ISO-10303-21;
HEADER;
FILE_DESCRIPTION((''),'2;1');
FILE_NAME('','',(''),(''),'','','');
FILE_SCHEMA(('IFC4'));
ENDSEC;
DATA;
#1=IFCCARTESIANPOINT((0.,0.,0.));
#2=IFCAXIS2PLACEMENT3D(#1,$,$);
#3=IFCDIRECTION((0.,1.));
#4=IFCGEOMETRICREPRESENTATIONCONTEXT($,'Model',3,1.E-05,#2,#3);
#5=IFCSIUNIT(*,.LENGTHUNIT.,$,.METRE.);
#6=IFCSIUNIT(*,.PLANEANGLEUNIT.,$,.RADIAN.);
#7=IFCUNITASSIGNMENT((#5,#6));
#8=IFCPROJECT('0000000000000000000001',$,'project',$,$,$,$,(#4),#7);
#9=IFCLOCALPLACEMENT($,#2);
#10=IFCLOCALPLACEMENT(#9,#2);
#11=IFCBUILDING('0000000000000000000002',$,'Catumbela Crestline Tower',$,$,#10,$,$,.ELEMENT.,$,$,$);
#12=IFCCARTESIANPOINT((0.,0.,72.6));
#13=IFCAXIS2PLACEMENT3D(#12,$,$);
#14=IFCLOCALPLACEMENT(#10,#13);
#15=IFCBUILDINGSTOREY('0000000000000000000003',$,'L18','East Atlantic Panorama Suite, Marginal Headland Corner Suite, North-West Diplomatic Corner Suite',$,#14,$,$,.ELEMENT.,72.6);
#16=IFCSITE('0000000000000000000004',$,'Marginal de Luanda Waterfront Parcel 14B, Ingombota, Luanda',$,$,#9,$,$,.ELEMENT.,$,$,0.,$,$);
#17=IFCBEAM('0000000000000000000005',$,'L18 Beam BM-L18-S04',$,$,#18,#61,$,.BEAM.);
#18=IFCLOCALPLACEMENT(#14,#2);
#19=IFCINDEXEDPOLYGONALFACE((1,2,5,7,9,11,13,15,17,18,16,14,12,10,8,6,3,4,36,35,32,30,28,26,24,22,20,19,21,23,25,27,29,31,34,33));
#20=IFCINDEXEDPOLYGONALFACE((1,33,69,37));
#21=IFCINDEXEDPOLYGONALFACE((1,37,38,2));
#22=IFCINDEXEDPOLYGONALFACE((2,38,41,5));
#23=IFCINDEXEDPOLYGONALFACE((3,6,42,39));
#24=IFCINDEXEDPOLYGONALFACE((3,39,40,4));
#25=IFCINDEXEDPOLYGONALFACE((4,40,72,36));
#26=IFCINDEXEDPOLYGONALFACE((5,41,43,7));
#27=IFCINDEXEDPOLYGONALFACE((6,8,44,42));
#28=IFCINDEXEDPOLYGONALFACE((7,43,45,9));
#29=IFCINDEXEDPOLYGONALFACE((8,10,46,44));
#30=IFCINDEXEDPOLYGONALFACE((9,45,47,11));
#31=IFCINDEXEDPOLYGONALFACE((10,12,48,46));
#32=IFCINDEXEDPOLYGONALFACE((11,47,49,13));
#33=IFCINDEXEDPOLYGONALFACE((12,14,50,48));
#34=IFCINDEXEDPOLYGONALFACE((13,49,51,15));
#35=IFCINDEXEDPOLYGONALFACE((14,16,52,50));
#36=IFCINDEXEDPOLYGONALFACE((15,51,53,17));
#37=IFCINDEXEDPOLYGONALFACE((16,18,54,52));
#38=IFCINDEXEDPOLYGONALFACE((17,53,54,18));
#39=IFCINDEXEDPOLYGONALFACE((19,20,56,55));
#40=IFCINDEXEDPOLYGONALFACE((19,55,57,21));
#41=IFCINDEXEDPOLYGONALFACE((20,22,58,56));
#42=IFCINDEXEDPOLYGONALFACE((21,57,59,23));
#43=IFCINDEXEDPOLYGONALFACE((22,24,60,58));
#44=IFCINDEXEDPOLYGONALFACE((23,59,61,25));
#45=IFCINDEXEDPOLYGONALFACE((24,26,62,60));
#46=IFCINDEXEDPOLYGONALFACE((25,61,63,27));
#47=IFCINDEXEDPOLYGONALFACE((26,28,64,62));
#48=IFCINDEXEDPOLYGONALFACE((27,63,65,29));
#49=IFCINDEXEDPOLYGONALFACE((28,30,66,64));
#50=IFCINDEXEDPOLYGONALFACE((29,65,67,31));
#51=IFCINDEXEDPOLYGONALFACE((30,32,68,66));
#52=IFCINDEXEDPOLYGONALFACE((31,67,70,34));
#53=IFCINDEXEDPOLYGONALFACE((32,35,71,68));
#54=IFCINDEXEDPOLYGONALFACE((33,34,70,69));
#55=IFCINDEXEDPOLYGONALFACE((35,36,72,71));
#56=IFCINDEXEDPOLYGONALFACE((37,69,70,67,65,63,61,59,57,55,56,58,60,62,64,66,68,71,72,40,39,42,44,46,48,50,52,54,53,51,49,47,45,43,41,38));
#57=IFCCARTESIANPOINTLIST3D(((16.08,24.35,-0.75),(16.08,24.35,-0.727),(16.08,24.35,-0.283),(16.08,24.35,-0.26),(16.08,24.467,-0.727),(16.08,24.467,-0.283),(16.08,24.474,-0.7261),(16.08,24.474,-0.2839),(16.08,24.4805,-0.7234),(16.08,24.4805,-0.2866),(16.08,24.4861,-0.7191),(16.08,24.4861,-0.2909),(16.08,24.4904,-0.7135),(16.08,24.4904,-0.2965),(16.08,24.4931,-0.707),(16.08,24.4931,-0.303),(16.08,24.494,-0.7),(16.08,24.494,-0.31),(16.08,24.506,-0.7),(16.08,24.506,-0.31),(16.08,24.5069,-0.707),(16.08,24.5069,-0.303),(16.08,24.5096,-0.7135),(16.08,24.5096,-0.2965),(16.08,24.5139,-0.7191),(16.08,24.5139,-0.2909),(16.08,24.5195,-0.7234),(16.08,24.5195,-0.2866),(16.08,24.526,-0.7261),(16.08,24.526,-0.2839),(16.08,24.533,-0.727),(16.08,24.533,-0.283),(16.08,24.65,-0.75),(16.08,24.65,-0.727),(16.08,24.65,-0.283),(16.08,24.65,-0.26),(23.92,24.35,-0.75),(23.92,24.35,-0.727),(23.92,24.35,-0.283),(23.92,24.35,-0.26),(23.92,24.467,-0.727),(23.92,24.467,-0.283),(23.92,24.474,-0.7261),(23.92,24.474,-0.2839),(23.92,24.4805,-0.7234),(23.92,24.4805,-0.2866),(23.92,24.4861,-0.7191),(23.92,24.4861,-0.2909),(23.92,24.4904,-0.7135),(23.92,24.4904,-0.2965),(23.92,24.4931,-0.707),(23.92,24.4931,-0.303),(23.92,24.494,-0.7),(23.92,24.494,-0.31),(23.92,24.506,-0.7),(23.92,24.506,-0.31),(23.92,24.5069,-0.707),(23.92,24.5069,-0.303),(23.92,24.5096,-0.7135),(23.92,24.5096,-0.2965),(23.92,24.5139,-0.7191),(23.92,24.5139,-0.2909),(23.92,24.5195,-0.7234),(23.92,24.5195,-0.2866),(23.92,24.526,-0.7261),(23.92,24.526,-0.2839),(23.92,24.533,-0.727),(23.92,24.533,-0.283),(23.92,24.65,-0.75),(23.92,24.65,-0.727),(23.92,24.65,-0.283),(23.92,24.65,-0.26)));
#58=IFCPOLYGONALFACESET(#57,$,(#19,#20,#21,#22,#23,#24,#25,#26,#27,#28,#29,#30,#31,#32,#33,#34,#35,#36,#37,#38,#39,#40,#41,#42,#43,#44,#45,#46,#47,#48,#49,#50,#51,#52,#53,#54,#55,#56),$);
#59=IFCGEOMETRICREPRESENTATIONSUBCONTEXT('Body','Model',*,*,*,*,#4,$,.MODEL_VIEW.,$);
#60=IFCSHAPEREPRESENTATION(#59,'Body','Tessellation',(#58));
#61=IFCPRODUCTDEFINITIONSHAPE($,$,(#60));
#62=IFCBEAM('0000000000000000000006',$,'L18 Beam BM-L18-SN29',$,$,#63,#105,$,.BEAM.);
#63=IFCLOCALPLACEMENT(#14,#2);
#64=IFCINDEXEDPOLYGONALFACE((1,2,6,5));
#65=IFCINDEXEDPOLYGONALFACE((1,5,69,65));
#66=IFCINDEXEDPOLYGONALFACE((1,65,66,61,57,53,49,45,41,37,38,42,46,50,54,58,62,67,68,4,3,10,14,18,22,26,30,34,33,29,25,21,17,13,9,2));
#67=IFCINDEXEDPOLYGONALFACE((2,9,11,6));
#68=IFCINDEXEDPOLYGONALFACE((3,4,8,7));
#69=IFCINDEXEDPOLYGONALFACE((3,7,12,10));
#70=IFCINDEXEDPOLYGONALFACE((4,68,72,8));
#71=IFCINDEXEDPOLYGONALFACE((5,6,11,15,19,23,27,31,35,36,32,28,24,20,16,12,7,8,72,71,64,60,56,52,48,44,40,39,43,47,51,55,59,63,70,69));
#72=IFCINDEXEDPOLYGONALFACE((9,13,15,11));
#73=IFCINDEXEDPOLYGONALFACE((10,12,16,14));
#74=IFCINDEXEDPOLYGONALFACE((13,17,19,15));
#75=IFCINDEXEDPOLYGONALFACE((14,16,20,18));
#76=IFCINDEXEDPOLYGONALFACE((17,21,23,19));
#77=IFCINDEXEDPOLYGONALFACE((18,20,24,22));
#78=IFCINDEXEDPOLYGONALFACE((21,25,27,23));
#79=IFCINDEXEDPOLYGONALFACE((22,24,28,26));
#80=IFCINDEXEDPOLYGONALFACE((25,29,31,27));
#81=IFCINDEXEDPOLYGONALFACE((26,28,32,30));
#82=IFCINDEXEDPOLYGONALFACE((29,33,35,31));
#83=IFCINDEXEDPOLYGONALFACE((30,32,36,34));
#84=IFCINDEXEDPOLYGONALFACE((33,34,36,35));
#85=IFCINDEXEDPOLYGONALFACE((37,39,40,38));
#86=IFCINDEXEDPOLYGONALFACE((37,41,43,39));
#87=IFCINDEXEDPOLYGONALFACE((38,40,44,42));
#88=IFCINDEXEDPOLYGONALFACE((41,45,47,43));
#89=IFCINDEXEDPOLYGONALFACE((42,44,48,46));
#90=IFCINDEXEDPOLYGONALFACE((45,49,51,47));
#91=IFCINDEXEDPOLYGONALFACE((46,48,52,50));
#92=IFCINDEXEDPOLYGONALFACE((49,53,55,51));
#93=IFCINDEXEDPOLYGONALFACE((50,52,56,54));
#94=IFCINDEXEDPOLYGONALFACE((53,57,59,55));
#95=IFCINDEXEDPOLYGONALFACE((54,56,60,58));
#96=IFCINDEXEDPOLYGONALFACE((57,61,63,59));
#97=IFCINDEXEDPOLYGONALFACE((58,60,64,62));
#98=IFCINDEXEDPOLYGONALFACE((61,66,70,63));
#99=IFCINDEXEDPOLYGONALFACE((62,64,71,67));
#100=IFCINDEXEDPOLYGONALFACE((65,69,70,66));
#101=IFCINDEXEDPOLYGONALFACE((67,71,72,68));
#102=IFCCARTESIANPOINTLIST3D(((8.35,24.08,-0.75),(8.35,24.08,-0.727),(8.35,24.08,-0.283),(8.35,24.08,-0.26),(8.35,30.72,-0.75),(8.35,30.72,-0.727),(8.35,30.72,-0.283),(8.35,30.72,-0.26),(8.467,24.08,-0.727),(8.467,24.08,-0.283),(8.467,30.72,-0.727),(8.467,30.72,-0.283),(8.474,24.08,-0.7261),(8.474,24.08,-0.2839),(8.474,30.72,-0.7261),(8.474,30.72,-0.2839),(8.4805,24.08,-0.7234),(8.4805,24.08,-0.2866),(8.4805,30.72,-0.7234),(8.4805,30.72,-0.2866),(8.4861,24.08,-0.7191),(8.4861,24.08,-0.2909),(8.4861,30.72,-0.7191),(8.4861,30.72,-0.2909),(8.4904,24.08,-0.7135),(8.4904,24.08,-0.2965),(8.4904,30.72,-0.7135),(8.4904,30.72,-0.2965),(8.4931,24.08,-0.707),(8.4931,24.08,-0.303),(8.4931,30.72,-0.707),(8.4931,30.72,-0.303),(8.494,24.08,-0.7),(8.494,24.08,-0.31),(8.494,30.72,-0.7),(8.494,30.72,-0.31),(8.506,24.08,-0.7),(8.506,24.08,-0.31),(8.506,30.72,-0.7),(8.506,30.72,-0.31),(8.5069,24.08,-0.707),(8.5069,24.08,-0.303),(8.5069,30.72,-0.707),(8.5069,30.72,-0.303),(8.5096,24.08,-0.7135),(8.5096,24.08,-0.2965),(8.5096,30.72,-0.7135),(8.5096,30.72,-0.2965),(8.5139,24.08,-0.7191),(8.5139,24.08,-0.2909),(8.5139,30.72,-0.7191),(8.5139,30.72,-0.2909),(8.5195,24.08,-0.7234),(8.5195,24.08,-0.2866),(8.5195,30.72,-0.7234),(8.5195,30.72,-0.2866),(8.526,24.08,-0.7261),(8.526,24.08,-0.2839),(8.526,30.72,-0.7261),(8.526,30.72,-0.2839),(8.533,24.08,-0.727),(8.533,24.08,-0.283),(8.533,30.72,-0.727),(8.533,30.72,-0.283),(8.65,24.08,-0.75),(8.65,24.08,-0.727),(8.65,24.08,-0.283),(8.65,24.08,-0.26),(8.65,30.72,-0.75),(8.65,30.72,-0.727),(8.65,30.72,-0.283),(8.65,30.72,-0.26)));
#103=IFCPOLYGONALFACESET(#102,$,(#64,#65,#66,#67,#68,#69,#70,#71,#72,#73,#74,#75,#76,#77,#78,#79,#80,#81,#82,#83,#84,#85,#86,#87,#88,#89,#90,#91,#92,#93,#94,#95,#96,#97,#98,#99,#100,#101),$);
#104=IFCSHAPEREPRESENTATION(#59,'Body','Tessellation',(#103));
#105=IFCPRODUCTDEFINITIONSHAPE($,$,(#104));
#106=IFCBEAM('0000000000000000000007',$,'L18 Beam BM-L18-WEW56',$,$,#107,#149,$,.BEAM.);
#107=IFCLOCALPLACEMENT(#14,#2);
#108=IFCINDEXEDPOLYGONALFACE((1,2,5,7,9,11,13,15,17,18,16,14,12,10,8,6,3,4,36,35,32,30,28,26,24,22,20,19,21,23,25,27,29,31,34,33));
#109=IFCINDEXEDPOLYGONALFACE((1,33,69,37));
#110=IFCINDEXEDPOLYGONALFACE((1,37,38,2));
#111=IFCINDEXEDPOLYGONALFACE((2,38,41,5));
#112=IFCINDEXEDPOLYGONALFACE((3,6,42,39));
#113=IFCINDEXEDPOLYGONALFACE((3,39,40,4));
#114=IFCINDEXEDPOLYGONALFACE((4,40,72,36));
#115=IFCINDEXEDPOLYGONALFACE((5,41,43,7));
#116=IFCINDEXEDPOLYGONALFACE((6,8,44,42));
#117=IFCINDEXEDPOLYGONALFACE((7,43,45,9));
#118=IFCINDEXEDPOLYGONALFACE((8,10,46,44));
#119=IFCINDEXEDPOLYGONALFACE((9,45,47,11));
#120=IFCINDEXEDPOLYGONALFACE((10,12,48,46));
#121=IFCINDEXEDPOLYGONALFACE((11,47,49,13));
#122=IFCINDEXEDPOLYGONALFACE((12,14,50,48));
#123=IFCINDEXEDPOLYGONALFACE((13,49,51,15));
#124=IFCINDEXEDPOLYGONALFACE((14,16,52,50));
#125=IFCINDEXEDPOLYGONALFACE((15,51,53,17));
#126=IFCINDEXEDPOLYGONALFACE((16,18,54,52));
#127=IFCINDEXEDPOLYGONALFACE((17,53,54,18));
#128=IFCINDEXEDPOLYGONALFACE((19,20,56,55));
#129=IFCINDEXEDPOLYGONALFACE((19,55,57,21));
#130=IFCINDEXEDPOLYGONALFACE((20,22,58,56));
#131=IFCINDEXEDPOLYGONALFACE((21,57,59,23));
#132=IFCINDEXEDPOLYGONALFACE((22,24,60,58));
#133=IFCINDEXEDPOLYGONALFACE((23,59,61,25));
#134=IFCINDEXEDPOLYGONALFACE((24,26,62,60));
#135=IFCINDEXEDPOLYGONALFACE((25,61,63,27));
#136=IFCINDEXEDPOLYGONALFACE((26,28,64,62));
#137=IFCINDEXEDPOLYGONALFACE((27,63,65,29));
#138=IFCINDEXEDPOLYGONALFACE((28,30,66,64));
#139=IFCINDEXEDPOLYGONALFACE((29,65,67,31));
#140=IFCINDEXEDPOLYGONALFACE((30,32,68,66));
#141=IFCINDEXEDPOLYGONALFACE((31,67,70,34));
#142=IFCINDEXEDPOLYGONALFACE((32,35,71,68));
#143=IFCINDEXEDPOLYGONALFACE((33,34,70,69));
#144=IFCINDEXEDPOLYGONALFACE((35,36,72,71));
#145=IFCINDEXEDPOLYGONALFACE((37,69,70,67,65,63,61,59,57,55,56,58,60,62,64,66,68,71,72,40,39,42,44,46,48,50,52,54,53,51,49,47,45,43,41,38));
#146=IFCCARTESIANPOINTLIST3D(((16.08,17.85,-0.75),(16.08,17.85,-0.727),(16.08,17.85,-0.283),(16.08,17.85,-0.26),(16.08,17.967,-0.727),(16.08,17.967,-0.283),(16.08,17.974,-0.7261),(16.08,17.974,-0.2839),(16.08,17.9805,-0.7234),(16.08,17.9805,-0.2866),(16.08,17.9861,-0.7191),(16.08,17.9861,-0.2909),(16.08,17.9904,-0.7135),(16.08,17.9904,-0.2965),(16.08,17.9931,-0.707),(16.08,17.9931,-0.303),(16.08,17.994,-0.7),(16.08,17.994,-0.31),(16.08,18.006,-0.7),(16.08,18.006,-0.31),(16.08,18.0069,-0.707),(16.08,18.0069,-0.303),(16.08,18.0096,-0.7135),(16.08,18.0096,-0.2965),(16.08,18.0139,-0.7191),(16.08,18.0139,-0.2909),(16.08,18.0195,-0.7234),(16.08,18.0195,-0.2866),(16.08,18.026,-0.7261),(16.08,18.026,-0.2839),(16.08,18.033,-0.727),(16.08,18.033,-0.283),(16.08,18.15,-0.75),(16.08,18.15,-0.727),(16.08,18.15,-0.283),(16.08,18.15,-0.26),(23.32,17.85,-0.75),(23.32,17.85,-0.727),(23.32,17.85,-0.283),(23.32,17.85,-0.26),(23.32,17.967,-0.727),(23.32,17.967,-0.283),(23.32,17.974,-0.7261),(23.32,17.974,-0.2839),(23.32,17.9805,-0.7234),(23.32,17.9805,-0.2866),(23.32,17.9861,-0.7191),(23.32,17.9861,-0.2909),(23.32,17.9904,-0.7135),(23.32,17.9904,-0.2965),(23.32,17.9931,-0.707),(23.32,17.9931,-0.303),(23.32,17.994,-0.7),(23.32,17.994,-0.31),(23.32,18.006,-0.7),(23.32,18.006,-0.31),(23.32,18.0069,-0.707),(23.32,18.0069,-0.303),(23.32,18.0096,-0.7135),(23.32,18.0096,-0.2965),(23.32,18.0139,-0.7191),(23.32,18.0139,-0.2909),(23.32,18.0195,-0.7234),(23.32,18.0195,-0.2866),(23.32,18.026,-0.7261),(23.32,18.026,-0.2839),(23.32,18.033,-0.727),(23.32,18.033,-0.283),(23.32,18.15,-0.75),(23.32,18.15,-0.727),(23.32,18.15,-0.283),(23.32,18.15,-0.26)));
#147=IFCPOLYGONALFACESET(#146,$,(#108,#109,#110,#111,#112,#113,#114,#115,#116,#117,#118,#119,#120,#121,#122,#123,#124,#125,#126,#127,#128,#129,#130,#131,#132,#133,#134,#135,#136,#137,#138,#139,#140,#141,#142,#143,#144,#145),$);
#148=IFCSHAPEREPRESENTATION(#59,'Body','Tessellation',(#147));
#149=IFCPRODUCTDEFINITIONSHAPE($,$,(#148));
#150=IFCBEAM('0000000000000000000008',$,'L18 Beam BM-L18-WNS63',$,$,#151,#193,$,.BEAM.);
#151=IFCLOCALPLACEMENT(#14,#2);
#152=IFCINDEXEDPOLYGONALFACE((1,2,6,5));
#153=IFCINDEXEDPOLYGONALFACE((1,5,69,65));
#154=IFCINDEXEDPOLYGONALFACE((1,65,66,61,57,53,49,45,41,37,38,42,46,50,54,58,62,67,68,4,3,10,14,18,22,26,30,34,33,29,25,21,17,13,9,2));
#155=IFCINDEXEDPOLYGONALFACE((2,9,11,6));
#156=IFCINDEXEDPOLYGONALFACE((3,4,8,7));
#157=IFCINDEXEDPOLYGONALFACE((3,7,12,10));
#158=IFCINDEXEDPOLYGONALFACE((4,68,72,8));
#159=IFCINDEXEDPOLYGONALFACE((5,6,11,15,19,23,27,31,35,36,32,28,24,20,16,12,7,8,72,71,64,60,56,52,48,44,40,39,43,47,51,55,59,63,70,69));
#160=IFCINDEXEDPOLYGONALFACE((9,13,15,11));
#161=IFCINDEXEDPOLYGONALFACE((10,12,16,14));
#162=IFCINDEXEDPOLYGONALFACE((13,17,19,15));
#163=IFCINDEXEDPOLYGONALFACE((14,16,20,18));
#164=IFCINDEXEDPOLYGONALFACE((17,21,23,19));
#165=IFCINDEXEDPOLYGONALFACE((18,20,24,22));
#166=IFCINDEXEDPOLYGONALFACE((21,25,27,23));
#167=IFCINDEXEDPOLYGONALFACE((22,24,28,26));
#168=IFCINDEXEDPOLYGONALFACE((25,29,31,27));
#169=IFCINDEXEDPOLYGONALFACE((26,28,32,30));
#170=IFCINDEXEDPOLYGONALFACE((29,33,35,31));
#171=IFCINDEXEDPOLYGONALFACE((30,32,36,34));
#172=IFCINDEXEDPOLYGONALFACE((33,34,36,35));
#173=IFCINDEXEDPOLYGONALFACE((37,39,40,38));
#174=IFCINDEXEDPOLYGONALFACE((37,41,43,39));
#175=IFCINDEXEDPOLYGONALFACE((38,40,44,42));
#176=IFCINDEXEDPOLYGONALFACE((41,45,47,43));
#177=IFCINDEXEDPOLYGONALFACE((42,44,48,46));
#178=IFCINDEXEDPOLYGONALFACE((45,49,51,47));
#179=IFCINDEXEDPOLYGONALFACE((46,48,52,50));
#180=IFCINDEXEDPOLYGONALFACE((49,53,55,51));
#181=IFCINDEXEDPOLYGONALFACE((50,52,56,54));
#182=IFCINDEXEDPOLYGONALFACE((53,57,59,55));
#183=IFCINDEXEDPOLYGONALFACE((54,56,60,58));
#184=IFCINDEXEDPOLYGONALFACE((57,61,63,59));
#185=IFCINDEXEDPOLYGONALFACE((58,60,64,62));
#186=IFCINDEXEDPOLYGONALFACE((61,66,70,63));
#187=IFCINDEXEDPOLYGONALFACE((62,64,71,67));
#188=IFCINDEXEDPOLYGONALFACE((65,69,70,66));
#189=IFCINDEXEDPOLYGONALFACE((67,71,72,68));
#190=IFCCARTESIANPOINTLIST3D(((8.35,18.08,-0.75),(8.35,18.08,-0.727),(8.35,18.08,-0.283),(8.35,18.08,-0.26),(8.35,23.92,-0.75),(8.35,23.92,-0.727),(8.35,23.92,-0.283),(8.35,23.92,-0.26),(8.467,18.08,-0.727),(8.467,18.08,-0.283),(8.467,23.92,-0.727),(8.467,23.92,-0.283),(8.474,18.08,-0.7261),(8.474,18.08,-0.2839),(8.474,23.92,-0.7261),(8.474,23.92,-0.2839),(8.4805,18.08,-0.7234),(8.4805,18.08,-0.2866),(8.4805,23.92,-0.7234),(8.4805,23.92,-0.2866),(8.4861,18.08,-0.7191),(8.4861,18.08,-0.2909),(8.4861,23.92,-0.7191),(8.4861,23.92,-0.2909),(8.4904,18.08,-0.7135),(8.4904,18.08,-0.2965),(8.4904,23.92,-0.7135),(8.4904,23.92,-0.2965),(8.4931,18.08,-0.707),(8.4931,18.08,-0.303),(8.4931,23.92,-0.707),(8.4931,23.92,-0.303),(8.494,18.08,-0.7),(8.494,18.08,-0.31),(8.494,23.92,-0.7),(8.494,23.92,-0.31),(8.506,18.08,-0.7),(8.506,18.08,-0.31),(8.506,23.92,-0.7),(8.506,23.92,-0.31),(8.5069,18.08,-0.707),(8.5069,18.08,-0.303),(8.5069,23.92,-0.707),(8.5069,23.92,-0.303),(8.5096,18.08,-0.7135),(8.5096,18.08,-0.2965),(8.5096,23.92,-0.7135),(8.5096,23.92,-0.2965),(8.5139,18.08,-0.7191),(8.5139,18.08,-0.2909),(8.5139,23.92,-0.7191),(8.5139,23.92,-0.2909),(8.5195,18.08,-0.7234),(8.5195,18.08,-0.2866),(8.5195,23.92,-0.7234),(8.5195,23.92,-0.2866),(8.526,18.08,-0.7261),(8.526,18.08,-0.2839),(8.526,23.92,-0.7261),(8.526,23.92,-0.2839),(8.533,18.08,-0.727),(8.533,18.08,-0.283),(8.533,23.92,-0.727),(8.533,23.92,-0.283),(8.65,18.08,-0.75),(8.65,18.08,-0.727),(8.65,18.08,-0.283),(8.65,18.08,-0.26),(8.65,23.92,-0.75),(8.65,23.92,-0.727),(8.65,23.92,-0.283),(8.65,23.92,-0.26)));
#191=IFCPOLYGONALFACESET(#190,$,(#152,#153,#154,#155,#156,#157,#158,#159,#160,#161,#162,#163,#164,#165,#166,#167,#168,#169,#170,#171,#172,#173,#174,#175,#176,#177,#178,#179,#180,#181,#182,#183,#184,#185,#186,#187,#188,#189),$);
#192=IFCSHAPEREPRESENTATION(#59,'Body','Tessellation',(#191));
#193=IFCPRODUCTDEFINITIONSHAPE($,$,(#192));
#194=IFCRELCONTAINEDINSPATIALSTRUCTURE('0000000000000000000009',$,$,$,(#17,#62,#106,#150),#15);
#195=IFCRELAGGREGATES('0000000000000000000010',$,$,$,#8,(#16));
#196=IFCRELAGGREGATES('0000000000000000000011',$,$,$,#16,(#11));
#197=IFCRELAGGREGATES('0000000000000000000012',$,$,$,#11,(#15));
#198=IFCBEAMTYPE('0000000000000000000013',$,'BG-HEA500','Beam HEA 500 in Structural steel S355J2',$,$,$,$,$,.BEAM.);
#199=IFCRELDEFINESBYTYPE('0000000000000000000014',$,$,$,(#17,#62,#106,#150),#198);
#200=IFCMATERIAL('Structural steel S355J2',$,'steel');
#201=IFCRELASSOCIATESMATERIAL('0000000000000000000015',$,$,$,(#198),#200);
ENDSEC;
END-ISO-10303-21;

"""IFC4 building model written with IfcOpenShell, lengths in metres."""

from ifc_helpers import new_model, si_unit, direction, frame, origin, origin_2d, place, context, subcontext, project, spatial, i_section, extrude, material, material_profile, profile_set, type_object, element, save


model = new_model("IFC4")

# Units and contexts
model_context = context("Model", 3, precision=1e-05, world=origin(), true_north=direction((0.0, 1.0)))
body_context = subcontext(model_context, "Body", "Model", "MODEL_VIEW")
ifc_project = project(units=[si_unit("LENGTHUNIT", "METRE"), si_unit("PLANEANGLEUNIT", "RADIAN")], contexts=[model_context])

# Site, building, storey
site_placement = place(None, origin())
site = spatial("IfcSite", under=ifc_project, at=site_placement, Name="Marginal de Luanda Waterfront Parcel 14B, Ingombota, Luanda", CompositionType="ELEMENT", RefElevation=0.0)
building_placement = place(site_placement, origin())
building = spatial("IfcBuilding", under=site, at=building_placement, Name="Catumbela Crestline Tower", CompositionType="ELEMENT")
storey_placement = place(building_placement, frame((0.0, 0.0, 72.6)))
storey = spatial("IfcBuildingStorey", under=building, at=storey_placement, Name="L18", Description="East Atlantic Panorama Suite, Marginal Headland Corner Suite, North-West Diplomatic Corner Suite", CompositionType="ELEMENT", Elevation=72.6)

# Beams
ifc_material_1 = material(Name="Structural steel S355J2", Category="steel")
ifc_material_profile_1 = material_profile(ifc_material_1, i_section(OverallWidth=0.3, OverallDepth=0.49, WebThickness=0.012, FlangeThickness=0.023, FilletRadius=0.027, at=origin_2d()), Name="HEA 500")
ifc_profile_set_1 = profile_set([ifc_material_profile_1], Name="Structural steel S355J2")
beam_type = type_object("IfcBeamType", Name="BG-HEA500", Description="Beam HEA 500 in Structural steel S355J2", PredefinedType="BEAM", material=ifc_profile_set_1)
beam_1_placement = place(storey_placement, frame((16.08, 24.5, -0.505), z_axis=(1.0, 0.0, 0.0), x_axis=(0.0, 1.0, 0.0)))
element("IfcBeam", 1, at=beam_1_placement, inside=storey, type_object=beam_type, Name="L18 Beam BM-L18-S04", PredefinedType="BEAM", context=body_context, shape_type="SweptSolid", body=[
    extrude(i_section(OverallWidth=0.3, OverallDepth=0.49, WebThickness=0.012, FlangeThickness=0.023, FilletRadius=0.027, at=origin_2d()), origin(), (0.0, 0.0, 1.0), 7.84),
])
beam_2_placement = place(storey_placement, frame((8.5, 24.08, -0.505), z_axis=(0.0, 1.0, 0.0), x_axis=(-1.0, 0.0, 0.0)))
element("IfcBeam", 2, at=beam_2_placement, inside=storey, type_object=beam_type, Name="L18 Beam BM-L18-SN29", PredefinedType="BEAM", context=body_context, shape_type="SweptSolid", body=[
    extrude(i_section(OverallWidth=0.3, OverallDepth=0.49, WebThickness=0.012, FlangeThickness=0.023, FilletRadius=0.027, at=origin_2d()), origin(), (0.0, 0.0, 1.0), 6.64),
])
beam_3_placement = place(storey_placement, frame((16.08, 18.0, -0.505), z_axis=(1.0, 0.0, 0.0), x_axis=(0.0, 1.0, 0.0)))
element("IfcBeam", 3, at=beam_3_placement, inside=storey, type_object=beam_type, Name="L18 Beam BM-L18-WEW56", PredefinedType="BEAM", context=body_context, shape_type="SweptSolid", body=[
    extrude(i_section(OverallWidth=0.3, OverallDepth=0.49, WebThickness=0.012, FlangeThickness=0.023, FilletRadius=0.027, at=origin_2d()), origin(), (0.0, 0.0, 1.0), 7.24),
])
beam_4_placement = place(storey_placement, frame((8.5, 18.08, -0.505), z_axis=(0.0, 1.0, 0.0), x_axis=(-1.0, 0.0, 0.0)))
element("IfcBeam", 4, at=beam_4_placement, inside=storey, type_object=beam_type, Name="L18 Beam BM-L18-WNS63", PredefinedType="BEAM", context=body_context, shape_type="SweptSolid", body=[
    extrude(i_section(OverallWidth=0.3, OverallDepth=0.49, WebThickness=0.012, FlangeThickness=0.023, FilletRadius=0.027, at=origin_2d()), origin(), (0.0, 0.0, 1.0), 5.84),
])

save(model, "model.ifc")
